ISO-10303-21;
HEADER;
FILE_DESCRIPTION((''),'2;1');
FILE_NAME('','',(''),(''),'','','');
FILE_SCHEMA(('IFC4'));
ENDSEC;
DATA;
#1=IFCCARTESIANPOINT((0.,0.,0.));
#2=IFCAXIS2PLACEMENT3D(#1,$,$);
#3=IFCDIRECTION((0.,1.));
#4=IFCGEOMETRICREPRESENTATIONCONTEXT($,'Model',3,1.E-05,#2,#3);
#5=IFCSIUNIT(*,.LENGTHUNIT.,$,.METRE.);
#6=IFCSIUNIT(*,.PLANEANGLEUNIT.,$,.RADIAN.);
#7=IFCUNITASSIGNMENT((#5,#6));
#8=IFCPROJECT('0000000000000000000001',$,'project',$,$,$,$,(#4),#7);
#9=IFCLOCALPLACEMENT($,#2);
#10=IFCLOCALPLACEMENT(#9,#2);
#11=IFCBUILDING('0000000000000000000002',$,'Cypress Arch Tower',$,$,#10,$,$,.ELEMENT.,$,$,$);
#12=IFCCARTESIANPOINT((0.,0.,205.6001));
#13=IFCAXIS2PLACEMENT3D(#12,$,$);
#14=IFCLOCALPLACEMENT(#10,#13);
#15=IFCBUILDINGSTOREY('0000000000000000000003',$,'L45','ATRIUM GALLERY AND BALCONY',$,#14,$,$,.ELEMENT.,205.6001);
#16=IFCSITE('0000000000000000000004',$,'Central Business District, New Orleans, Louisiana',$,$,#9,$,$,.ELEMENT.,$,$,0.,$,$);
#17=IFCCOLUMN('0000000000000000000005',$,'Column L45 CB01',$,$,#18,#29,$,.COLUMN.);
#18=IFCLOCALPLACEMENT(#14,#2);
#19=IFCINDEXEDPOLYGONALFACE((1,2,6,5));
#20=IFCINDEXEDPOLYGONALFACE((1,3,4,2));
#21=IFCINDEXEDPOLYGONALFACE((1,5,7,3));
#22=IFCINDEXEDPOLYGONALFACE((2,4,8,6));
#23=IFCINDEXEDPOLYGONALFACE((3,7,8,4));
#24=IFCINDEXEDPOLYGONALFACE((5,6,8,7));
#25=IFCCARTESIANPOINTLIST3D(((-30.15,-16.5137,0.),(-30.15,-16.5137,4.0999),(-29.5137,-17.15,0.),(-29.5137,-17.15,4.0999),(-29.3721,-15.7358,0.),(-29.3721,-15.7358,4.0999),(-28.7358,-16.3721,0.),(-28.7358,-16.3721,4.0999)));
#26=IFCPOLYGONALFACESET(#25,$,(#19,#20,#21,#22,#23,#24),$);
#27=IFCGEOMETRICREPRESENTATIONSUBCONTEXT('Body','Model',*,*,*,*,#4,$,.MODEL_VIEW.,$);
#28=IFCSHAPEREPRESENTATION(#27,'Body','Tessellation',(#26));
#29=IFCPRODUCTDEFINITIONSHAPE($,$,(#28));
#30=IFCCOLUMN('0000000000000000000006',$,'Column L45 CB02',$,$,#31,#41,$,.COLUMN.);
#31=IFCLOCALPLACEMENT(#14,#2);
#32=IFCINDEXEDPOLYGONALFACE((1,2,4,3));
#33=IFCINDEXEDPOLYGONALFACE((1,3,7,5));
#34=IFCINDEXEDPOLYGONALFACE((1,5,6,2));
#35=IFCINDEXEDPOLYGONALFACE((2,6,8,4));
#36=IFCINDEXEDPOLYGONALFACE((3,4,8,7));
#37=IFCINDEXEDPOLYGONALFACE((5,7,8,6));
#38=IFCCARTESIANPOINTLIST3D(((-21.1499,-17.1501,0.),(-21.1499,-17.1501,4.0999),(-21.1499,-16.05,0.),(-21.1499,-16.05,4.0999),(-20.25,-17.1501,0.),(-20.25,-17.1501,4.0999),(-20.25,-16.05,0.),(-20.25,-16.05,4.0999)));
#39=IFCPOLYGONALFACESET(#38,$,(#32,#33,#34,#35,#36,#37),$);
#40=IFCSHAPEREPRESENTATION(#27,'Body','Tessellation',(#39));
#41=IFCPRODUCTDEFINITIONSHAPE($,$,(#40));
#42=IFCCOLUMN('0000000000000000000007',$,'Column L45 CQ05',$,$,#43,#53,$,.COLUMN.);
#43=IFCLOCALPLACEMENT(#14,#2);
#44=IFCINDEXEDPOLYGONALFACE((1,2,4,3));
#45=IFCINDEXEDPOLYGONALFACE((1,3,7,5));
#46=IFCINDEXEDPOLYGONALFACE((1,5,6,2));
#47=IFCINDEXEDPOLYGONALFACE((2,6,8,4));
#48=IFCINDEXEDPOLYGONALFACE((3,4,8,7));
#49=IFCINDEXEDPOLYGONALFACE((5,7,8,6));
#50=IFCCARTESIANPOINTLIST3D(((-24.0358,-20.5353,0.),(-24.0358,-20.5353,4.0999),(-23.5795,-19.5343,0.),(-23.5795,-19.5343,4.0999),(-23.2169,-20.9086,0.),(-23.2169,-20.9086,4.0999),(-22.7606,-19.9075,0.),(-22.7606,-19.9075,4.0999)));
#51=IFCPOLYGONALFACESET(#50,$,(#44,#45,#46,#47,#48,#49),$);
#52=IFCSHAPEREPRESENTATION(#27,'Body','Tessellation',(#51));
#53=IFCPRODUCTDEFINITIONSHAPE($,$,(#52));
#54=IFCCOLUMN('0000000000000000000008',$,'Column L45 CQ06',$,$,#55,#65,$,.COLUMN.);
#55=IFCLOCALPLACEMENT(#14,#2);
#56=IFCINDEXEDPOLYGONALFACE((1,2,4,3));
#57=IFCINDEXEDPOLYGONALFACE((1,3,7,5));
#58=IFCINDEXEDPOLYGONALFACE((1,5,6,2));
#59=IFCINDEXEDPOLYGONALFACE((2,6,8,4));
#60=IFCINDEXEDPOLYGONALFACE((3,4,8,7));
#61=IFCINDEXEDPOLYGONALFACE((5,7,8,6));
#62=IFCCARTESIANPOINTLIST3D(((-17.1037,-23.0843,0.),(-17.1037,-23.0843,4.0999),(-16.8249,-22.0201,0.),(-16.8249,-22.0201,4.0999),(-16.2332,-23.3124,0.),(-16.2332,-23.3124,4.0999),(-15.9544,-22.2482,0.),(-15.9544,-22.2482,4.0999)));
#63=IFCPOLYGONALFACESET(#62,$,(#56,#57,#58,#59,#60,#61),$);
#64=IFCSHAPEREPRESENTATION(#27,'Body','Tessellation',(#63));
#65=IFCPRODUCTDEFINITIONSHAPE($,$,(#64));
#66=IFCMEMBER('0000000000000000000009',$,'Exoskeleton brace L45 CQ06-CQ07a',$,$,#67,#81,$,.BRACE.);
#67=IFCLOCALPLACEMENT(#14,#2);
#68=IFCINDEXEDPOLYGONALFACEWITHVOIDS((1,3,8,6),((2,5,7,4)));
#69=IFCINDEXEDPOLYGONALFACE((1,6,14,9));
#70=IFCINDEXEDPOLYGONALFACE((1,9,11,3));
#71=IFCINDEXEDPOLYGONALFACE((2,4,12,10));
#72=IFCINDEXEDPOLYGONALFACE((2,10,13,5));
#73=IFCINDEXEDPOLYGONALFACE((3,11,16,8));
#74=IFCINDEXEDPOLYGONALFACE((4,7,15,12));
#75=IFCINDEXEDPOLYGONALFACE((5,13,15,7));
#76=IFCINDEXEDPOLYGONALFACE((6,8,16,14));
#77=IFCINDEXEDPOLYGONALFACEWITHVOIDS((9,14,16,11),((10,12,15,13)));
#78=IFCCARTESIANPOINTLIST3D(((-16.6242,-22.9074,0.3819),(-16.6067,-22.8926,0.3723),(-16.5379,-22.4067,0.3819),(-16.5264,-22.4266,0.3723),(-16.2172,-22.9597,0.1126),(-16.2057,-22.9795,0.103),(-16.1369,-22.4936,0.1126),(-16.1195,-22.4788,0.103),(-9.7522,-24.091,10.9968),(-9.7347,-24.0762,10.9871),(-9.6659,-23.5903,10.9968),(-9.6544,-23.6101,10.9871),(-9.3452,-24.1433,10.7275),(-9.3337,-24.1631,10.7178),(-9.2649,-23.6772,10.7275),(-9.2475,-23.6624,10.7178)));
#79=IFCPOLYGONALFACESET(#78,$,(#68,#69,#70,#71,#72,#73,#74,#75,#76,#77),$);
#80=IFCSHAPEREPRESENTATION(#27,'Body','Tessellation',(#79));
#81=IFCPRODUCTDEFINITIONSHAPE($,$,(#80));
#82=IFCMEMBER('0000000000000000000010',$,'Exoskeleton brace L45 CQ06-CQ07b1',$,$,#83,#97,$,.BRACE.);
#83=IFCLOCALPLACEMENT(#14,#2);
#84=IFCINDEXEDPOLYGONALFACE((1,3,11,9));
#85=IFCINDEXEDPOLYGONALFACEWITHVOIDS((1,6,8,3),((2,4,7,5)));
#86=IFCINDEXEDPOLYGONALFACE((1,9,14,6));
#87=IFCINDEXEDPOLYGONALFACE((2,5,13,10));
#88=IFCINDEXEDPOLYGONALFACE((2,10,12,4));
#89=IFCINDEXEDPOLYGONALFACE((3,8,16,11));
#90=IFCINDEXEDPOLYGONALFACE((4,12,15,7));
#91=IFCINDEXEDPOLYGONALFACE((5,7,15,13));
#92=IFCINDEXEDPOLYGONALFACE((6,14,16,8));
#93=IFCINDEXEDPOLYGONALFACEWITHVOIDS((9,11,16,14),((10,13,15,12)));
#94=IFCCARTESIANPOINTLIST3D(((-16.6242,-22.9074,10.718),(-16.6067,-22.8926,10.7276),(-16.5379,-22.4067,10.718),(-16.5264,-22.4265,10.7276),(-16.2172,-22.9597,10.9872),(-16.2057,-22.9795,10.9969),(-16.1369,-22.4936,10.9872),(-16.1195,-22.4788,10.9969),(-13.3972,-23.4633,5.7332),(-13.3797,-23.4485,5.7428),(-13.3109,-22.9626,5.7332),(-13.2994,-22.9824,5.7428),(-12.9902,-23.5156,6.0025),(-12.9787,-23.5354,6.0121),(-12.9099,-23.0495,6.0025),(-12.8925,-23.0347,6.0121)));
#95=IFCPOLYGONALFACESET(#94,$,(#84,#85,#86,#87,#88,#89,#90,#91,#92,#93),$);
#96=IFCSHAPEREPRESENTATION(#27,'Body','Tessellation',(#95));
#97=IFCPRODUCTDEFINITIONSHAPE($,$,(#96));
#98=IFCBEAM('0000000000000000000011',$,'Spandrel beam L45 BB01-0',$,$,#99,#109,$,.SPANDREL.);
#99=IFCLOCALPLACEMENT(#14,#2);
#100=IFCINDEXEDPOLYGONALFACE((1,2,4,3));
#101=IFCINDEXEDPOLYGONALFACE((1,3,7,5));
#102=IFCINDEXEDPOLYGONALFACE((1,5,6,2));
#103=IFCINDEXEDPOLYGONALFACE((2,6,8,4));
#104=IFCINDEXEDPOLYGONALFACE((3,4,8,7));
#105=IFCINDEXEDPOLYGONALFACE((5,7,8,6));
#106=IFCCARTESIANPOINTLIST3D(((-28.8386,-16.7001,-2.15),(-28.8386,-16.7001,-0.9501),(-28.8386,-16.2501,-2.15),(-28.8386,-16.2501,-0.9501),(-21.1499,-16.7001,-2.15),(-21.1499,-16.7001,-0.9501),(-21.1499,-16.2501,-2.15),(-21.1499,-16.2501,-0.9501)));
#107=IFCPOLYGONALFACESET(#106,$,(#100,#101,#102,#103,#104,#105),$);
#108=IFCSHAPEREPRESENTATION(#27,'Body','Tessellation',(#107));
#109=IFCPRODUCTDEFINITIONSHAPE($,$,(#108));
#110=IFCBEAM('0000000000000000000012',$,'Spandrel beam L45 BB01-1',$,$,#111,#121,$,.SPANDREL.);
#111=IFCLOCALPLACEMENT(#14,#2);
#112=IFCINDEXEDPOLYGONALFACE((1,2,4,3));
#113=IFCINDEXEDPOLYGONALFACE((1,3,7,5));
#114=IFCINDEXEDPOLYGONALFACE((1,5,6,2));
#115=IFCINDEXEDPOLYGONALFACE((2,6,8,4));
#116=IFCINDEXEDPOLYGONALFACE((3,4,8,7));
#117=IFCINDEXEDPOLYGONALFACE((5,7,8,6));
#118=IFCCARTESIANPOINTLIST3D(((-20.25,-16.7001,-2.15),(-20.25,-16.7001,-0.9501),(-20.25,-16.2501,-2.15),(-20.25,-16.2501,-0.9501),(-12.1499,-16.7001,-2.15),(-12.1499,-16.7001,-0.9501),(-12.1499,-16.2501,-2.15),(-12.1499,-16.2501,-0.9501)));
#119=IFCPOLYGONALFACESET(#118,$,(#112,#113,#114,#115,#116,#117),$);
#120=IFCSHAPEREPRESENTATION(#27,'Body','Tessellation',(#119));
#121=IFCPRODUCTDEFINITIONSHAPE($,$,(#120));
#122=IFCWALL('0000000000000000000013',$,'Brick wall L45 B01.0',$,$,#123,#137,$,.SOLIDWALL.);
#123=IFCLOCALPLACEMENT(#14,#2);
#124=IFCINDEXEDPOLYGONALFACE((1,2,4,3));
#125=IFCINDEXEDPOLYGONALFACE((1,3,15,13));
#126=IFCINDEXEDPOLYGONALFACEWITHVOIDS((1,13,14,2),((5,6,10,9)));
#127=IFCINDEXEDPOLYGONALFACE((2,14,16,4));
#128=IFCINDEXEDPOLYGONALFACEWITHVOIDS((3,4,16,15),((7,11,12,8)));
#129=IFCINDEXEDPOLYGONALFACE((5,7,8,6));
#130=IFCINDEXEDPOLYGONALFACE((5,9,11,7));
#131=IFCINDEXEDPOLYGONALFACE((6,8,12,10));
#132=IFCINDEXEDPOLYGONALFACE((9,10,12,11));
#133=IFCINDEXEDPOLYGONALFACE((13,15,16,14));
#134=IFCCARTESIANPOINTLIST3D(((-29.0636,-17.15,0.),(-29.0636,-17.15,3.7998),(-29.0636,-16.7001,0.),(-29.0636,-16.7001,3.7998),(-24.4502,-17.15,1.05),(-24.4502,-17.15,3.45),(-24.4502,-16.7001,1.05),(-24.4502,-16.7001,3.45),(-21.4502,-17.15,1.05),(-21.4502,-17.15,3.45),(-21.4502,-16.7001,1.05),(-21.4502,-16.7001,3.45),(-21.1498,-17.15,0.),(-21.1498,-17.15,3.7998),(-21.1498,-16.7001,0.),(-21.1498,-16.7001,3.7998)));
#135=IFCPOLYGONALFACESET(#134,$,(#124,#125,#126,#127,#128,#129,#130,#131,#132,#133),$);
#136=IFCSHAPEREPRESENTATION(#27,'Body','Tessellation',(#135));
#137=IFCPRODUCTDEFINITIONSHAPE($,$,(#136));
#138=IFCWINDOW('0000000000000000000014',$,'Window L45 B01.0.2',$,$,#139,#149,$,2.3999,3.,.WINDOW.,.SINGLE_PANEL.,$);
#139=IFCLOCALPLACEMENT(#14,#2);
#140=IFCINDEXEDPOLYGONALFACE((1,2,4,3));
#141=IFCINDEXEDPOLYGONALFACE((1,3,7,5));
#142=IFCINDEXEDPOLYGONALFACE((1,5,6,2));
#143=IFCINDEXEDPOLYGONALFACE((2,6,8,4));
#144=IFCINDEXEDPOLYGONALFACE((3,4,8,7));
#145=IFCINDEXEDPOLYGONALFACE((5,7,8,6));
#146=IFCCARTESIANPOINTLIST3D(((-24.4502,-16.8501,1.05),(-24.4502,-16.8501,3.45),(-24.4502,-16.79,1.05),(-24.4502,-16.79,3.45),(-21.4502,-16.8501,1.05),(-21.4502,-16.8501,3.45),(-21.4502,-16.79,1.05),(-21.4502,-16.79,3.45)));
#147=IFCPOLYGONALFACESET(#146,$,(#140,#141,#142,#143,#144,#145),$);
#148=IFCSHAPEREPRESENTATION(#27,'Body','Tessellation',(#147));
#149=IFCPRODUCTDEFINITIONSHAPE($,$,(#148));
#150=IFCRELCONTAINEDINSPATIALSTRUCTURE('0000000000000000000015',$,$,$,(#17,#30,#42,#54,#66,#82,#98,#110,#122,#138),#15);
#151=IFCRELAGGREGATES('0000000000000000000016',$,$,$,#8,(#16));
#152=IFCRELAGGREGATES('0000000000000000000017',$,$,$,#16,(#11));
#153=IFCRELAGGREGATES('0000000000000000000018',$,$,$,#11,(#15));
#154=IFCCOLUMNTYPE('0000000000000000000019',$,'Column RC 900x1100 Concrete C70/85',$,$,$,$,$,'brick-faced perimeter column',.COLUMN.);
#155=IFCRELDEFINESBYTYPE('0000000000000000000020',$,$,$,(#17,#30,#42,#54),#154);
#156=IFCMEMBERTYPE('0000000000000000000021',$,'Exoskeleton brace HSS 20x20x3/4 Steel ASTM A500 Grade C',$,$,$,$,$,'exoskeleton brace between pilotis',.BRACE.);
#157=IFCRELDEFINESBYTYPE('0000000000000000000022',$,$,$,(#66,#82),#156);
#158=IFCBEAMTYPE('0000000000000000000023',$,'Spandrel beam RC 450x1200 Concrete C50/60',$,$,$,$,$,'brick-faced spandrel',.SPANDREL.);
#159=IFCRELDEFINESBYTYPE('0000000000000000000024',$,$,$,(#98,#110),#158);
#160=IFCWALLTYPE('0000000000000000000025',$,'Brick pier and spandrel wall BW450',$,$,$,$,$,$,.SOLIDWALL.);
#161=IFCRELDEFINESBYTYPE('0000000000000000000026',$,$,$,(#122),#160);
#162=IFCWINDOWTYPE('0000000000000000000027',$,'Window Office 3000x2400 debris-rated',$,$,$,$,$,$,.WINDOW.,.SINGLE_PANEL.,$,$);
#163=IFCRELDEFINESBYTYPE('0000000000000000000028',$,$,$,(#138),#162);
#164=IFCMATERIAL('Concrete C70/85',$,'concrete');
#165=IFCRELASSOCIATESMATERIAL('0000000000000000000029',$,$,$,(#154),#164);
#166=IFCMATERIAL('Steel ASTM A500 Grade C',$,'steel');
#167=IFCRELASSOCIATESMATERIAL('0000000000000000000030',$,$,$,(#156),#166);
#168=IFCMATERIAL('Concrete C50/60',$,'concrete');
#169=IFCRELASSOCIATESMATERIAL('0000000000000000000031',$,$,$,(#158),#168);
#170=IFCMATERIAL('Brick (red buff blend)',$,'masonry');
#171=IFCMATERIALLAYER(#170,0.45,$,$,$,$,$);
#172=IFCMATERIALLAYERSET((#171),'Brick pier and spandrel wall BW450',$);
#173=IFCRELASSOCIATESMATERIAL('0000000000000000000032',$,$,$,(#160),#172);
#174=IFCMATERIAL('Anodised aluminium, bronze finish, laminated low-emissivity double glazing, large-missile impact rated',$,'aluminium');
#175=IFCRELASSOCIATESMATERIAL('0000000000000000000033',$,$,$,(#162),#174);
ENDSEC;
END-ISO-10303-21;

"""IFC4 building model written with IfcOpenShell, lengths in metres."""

from ifc_helpers import new_model, si_unit, direction, frame, frame_2d, origin, origin_2d, place, context, subcontext, project, spatial, rectangle, hollow_rectangle, extrude, material, layer, layer_set, material_profile, profile_set, type_object, element, fill, save


model = new_model("IFC4")

# Units and contexts
model_context = context("Model", 3, precision=1e-05, world=origin(), true_north=direction((0.0, 1.0)))
body_context = subcontext(model_context, "Body", "Model", "MODEL_VIEW")
ifc_project = project(units=[si_unit("LENGTHUNIT", "METRE"), si_unit("PLANEANGLEUNIT", "RADIAN")], contexts=[model_context])

# Site, building, storey
site_placement = place(None, origin())
site = spatial("IfcSite", under=ifc_project, at=site_placement, Name="Central Business District, New Orleans, Louisiana", CompositionType="ELEMENT", RefElevation=0.0)
building_placement = place(site_placement, origin())
building = spatial("IfcBuilding", under=site, at=building_placement, Name="Cypress Arch Tower", CompositionType="ELEMENT")
storey_placement = place(building_placement, frame((0.0, 0.0, 205.6001)))
storey = spatial("IfcBuildingStorey", under=building, at=storey_placement, Name="L45", Description="ATRIUM GALLERY AND BALCONY", CompositionType="ELEMENT", Elevation=205.6001)

# Columns
ifc_material_1 = material(Name="Concrete C70/85", Category="concrete")
ifc_material_profile_1 = material_profile(ifc_material_1, rectangle(XDim=0.8999, YDim=1.1001, at=origin_2d()), Name="RC 900x1100")
ifc_profile_set_1 = profile_set([ifc_material_profile_1], Name="Concrete C70/85")
column_type = type_object("IfcColumnType", Name="Column RC 900x1100 Concrete C70/85", ElementType="brick-faced perimeter column", PredefinedType="COLUMN", material=ifc_profile_set_1)
for number, where, z_axis, x_axis, name in (
    (1, (-29.4429, -16.4429, 0.0), (0.0, 0.0, 1.0), (0.707107, -0.707107, 0.0), "Column L45 CB01"),
    (2, (-20.7, -16.6001, 0.0), (0.0, 0.0, 1.0), (1.0, 0.0, 0.0), "Column L45 CB02"),
    (3, (-23.3982, -20.2214, 0.0), (0.0, 0.0, 1.0), (0.909932, -0.414757, 0.0), "Column L45 CQ05"),
    (4, (-16.5291, -22.6663, 0.0), (0.0, 0.0, 1.0), (0.967356, -0.253422, 0.0), "Column L45 CQ06"),
):
    element("IfcColumn", number, at=place(storey_placement, frame(where, z_axis=z_axis, x_axis=x_axis)), inside=storey, type_object=column_type, Name=name, PredefinedType="COLUMN", context=body_context, shape_type="SweptSolid", body=[
        extrude(rectangle(XDim=0.8999, YDim=1.1001, at=origin_2d()), origin(), (0.0, 0.0, 1.0), 4.0999),
    ])

# Members
ifc_material_2 = material(Name="Steel ASTM A500 Grade C", Category="steel")
ifc_material_profile_2 = material_profile(ifc_material_2, hollow_rectangle(XDim=0.5081, YDim=0.5081, WallThickness=0.0176, at=origin_2d()), Name="HSS 20x20x3/4")
ifc_profile_set_2 = profile_set([ifc_material_profile_2], Name="Steel ASTM A500 Grade C")
member_type = type_object("IfcMemberType", Name="Exoskeleton brace HSS 20x20x3/4 Steel ASTM A500 Grade C", ElementType="exoskeleton brace between pilotis", PredefinedType="BRACE", material=ifc_profile_set_2)
member_1_placement = place(storey_placement, frame((-16.3718, -22.6931, 0.2424), z_axis=(0.541084, -0.093192, 0.835789), x_axis=(0.169733, 0.98549, 0.0)))
element("IfcMember", 5, at=member_1_placement, inside=storey, type_object=member_type, Name="Exoskeleton brace L45 CQ06-CQ07a", PredefinedType="BRACE", context=body_context, shape_type="SweptSolid", body=[
    extrude(hollow_rectangle(XDim=0.5081, YDim=0.5081, WallThickness=0.0176, at=origin_2d()), origin(), (0.0, 0.0, 1.0), 12.7004),
])
member_2_placement = place(storey_placement, frame((-16.3718, -22.6931, 10.8574), z_axis=(0.54107, -0.093207, -0.835797), x_axis=(0.169765, 0.985485, 0.0)))
element("IfcMember", 6, at=member_2_placement, inside=storey, type_object=member_type, Name="Exoskeleton brace L45 CQ06-CQ07b1", PredefinedType="BRACE", context=body_context, shape_type="SweptSolid", body=[
    extrude(hollow_rectangle(XDim=0.5081, YDim=0.5081, WallThickness=0.0176, at=origin_2d()), origin(), (0.0, 0.0, 1.0), 5.9641),
])

# Beams
ifc_material_3 = material(Name="Concrete C50/60", Category="concrete")
ifc_material_profile_3 = material_profile(ifc_material_3, rectangle(XDim=0.45, YDim=1.2, at=origin_2d()), Name="RC 450x1200")
ifc_profile_set_3 = profile_set([ifc_material_profile_3], Name="Concrete C50/60")
beam_type = type_object("IfcBeamType", Name="Spandrel beam RC 450x1200 Concrete C50/60", ElementType="brick-faced spandrel", PredefinedType="SPANDREL", material=ifc_profile_set_3)
beam_1_placement = place(storey_placement, frame((-28.8386, -16.4751, -1.55), z_axis=(1.0, 0.0, 0.0), x_axis=(0.0, 1.0, 0.0)))
element("IfcBeam", 7, at=beam_1_placement, inside=storey, type_object=beam_type, Name="Spandrel beam L45 BB01-0", PredefinedType="SPANDREL", context=body_context, shape_type="SweptSolid", body=[
    extrude(rectangle(XDim=0.45, YDim=1.2, at=origin_2d()), origin(), (0.0, 0.0, 1.0), 7.6887),
])
beam_2_placement = place(storey_placement, frame((-20.25, -16.4751, -1.55), z_axis=(1.0, 0.0, 0.0), x_axis=(0.0, 1.0, 0.0)))
element("IfcBeam", 8, at=beam_2_placement, inside=storey, type_object=beam_type, Name="Spandrel beam L45 BB01-1", PredefinedType="SPANDREL", context=body_context, shape_type="SweptSolid", body=[
    extrude(rectangle(XDim=0.45, YDim=1.2, at=origin_2d()), origin(), (0.0, 0.0, 1.0), 8.1001),
])

# Wall, opening, window
ifc_material_4 = material(Name="Brick (red buff blend)", Category="masonry")
ifc_layer_1 = layer(ifc_material_4, 0.45)
ifc_layer_set_1 = layer_set([ifc_layer_1], Name="Brick pier and spandrel wall BW450")
wall_type_1 = type_object("IfcWallType", Name="Brick pier and spandrel wall BW450", PredefinedType="SOLIDWALL", material=ifc_layer_set_1)
wall_1_placement = place(storey_placement, frame((-29.0637, -16.925, 0.0), z_axis=(0.0, 0.0, 1.0), x_axis=(1.0, 0.0, 0.0)))
wall_1 = element("IfcWall", 9, at=wall_1_placement, inside=storey, type_object=wall_type_1, Name="Brick wall L45 B01.0", PredefinedType="SOLIDWALL", context=body_context, shape_type="SweptSolid", body=[
    extrude(rectangle(XDim=7.9138, YDim=0.45, at=frame_2d((3.957, 0.0))), origin(), (0.0, 0.0, 1.0), 3.7998),
])
opening_1_placement = place(wall_1_placement, frame((4.6135, 0.0, 1.05)))
opening_1 = element("IfcOpeningElement", 10, at=opening_1_placement, cuts=wall_1, PredefinedType="OPENING", context=body_context, shape_type="SweptSolid", body=[
    extrude(rectangle(XDim=3.0, YDim=2.3999, at=frame_2d((1.5, 1.2))), frame((0.0, 0.2349, 0.0), z_axis=(0.0, -1.0, 0.0), x_axis=(1.0, 0.0, 0.0)), (0.0, 0.0, 1.0), 0.47),
])
ifc_material_5 = material(Name="Anodised aluminium, bronze finish, laminated low-emissivity double glazing, large-missile impact rated", Category="aluminium")
window_type = type_object("IfcWindowType", Name="Window Office 3000x2400 debris-rated", PartitioningType="SINGLE_PANEL", PredefinedType="WINDOW", material=ifc_material_5)
window_1_placement = place(opening_1_placement, origin())
window_1 = element("IfcWindow", 11, at=window_1_placement, inside=storey, type_object=window_type, Name="Window L45 B01.0.2", OverallHeight=2.3999, OverallWidth=3.0, PartitioningType="SINGLE_PANEL", PredefinedType="WINDOW", context=body_context, shape_type="SweptSolid", body=[
    extrude(rectangle(XDim=3.0, YDim=2.3999, at=frame_2d((1.5, 1.2))), frame((0.0, 0.135, 0.0), z_axis=(0.0, -1.0, 0.0), x_axis=(1.0, 0.0, 0.0)), (0.0, 0.0, 1.0), 0.0601),
])
fill(opening_1, window_1)

save(model, "model.ifc")
